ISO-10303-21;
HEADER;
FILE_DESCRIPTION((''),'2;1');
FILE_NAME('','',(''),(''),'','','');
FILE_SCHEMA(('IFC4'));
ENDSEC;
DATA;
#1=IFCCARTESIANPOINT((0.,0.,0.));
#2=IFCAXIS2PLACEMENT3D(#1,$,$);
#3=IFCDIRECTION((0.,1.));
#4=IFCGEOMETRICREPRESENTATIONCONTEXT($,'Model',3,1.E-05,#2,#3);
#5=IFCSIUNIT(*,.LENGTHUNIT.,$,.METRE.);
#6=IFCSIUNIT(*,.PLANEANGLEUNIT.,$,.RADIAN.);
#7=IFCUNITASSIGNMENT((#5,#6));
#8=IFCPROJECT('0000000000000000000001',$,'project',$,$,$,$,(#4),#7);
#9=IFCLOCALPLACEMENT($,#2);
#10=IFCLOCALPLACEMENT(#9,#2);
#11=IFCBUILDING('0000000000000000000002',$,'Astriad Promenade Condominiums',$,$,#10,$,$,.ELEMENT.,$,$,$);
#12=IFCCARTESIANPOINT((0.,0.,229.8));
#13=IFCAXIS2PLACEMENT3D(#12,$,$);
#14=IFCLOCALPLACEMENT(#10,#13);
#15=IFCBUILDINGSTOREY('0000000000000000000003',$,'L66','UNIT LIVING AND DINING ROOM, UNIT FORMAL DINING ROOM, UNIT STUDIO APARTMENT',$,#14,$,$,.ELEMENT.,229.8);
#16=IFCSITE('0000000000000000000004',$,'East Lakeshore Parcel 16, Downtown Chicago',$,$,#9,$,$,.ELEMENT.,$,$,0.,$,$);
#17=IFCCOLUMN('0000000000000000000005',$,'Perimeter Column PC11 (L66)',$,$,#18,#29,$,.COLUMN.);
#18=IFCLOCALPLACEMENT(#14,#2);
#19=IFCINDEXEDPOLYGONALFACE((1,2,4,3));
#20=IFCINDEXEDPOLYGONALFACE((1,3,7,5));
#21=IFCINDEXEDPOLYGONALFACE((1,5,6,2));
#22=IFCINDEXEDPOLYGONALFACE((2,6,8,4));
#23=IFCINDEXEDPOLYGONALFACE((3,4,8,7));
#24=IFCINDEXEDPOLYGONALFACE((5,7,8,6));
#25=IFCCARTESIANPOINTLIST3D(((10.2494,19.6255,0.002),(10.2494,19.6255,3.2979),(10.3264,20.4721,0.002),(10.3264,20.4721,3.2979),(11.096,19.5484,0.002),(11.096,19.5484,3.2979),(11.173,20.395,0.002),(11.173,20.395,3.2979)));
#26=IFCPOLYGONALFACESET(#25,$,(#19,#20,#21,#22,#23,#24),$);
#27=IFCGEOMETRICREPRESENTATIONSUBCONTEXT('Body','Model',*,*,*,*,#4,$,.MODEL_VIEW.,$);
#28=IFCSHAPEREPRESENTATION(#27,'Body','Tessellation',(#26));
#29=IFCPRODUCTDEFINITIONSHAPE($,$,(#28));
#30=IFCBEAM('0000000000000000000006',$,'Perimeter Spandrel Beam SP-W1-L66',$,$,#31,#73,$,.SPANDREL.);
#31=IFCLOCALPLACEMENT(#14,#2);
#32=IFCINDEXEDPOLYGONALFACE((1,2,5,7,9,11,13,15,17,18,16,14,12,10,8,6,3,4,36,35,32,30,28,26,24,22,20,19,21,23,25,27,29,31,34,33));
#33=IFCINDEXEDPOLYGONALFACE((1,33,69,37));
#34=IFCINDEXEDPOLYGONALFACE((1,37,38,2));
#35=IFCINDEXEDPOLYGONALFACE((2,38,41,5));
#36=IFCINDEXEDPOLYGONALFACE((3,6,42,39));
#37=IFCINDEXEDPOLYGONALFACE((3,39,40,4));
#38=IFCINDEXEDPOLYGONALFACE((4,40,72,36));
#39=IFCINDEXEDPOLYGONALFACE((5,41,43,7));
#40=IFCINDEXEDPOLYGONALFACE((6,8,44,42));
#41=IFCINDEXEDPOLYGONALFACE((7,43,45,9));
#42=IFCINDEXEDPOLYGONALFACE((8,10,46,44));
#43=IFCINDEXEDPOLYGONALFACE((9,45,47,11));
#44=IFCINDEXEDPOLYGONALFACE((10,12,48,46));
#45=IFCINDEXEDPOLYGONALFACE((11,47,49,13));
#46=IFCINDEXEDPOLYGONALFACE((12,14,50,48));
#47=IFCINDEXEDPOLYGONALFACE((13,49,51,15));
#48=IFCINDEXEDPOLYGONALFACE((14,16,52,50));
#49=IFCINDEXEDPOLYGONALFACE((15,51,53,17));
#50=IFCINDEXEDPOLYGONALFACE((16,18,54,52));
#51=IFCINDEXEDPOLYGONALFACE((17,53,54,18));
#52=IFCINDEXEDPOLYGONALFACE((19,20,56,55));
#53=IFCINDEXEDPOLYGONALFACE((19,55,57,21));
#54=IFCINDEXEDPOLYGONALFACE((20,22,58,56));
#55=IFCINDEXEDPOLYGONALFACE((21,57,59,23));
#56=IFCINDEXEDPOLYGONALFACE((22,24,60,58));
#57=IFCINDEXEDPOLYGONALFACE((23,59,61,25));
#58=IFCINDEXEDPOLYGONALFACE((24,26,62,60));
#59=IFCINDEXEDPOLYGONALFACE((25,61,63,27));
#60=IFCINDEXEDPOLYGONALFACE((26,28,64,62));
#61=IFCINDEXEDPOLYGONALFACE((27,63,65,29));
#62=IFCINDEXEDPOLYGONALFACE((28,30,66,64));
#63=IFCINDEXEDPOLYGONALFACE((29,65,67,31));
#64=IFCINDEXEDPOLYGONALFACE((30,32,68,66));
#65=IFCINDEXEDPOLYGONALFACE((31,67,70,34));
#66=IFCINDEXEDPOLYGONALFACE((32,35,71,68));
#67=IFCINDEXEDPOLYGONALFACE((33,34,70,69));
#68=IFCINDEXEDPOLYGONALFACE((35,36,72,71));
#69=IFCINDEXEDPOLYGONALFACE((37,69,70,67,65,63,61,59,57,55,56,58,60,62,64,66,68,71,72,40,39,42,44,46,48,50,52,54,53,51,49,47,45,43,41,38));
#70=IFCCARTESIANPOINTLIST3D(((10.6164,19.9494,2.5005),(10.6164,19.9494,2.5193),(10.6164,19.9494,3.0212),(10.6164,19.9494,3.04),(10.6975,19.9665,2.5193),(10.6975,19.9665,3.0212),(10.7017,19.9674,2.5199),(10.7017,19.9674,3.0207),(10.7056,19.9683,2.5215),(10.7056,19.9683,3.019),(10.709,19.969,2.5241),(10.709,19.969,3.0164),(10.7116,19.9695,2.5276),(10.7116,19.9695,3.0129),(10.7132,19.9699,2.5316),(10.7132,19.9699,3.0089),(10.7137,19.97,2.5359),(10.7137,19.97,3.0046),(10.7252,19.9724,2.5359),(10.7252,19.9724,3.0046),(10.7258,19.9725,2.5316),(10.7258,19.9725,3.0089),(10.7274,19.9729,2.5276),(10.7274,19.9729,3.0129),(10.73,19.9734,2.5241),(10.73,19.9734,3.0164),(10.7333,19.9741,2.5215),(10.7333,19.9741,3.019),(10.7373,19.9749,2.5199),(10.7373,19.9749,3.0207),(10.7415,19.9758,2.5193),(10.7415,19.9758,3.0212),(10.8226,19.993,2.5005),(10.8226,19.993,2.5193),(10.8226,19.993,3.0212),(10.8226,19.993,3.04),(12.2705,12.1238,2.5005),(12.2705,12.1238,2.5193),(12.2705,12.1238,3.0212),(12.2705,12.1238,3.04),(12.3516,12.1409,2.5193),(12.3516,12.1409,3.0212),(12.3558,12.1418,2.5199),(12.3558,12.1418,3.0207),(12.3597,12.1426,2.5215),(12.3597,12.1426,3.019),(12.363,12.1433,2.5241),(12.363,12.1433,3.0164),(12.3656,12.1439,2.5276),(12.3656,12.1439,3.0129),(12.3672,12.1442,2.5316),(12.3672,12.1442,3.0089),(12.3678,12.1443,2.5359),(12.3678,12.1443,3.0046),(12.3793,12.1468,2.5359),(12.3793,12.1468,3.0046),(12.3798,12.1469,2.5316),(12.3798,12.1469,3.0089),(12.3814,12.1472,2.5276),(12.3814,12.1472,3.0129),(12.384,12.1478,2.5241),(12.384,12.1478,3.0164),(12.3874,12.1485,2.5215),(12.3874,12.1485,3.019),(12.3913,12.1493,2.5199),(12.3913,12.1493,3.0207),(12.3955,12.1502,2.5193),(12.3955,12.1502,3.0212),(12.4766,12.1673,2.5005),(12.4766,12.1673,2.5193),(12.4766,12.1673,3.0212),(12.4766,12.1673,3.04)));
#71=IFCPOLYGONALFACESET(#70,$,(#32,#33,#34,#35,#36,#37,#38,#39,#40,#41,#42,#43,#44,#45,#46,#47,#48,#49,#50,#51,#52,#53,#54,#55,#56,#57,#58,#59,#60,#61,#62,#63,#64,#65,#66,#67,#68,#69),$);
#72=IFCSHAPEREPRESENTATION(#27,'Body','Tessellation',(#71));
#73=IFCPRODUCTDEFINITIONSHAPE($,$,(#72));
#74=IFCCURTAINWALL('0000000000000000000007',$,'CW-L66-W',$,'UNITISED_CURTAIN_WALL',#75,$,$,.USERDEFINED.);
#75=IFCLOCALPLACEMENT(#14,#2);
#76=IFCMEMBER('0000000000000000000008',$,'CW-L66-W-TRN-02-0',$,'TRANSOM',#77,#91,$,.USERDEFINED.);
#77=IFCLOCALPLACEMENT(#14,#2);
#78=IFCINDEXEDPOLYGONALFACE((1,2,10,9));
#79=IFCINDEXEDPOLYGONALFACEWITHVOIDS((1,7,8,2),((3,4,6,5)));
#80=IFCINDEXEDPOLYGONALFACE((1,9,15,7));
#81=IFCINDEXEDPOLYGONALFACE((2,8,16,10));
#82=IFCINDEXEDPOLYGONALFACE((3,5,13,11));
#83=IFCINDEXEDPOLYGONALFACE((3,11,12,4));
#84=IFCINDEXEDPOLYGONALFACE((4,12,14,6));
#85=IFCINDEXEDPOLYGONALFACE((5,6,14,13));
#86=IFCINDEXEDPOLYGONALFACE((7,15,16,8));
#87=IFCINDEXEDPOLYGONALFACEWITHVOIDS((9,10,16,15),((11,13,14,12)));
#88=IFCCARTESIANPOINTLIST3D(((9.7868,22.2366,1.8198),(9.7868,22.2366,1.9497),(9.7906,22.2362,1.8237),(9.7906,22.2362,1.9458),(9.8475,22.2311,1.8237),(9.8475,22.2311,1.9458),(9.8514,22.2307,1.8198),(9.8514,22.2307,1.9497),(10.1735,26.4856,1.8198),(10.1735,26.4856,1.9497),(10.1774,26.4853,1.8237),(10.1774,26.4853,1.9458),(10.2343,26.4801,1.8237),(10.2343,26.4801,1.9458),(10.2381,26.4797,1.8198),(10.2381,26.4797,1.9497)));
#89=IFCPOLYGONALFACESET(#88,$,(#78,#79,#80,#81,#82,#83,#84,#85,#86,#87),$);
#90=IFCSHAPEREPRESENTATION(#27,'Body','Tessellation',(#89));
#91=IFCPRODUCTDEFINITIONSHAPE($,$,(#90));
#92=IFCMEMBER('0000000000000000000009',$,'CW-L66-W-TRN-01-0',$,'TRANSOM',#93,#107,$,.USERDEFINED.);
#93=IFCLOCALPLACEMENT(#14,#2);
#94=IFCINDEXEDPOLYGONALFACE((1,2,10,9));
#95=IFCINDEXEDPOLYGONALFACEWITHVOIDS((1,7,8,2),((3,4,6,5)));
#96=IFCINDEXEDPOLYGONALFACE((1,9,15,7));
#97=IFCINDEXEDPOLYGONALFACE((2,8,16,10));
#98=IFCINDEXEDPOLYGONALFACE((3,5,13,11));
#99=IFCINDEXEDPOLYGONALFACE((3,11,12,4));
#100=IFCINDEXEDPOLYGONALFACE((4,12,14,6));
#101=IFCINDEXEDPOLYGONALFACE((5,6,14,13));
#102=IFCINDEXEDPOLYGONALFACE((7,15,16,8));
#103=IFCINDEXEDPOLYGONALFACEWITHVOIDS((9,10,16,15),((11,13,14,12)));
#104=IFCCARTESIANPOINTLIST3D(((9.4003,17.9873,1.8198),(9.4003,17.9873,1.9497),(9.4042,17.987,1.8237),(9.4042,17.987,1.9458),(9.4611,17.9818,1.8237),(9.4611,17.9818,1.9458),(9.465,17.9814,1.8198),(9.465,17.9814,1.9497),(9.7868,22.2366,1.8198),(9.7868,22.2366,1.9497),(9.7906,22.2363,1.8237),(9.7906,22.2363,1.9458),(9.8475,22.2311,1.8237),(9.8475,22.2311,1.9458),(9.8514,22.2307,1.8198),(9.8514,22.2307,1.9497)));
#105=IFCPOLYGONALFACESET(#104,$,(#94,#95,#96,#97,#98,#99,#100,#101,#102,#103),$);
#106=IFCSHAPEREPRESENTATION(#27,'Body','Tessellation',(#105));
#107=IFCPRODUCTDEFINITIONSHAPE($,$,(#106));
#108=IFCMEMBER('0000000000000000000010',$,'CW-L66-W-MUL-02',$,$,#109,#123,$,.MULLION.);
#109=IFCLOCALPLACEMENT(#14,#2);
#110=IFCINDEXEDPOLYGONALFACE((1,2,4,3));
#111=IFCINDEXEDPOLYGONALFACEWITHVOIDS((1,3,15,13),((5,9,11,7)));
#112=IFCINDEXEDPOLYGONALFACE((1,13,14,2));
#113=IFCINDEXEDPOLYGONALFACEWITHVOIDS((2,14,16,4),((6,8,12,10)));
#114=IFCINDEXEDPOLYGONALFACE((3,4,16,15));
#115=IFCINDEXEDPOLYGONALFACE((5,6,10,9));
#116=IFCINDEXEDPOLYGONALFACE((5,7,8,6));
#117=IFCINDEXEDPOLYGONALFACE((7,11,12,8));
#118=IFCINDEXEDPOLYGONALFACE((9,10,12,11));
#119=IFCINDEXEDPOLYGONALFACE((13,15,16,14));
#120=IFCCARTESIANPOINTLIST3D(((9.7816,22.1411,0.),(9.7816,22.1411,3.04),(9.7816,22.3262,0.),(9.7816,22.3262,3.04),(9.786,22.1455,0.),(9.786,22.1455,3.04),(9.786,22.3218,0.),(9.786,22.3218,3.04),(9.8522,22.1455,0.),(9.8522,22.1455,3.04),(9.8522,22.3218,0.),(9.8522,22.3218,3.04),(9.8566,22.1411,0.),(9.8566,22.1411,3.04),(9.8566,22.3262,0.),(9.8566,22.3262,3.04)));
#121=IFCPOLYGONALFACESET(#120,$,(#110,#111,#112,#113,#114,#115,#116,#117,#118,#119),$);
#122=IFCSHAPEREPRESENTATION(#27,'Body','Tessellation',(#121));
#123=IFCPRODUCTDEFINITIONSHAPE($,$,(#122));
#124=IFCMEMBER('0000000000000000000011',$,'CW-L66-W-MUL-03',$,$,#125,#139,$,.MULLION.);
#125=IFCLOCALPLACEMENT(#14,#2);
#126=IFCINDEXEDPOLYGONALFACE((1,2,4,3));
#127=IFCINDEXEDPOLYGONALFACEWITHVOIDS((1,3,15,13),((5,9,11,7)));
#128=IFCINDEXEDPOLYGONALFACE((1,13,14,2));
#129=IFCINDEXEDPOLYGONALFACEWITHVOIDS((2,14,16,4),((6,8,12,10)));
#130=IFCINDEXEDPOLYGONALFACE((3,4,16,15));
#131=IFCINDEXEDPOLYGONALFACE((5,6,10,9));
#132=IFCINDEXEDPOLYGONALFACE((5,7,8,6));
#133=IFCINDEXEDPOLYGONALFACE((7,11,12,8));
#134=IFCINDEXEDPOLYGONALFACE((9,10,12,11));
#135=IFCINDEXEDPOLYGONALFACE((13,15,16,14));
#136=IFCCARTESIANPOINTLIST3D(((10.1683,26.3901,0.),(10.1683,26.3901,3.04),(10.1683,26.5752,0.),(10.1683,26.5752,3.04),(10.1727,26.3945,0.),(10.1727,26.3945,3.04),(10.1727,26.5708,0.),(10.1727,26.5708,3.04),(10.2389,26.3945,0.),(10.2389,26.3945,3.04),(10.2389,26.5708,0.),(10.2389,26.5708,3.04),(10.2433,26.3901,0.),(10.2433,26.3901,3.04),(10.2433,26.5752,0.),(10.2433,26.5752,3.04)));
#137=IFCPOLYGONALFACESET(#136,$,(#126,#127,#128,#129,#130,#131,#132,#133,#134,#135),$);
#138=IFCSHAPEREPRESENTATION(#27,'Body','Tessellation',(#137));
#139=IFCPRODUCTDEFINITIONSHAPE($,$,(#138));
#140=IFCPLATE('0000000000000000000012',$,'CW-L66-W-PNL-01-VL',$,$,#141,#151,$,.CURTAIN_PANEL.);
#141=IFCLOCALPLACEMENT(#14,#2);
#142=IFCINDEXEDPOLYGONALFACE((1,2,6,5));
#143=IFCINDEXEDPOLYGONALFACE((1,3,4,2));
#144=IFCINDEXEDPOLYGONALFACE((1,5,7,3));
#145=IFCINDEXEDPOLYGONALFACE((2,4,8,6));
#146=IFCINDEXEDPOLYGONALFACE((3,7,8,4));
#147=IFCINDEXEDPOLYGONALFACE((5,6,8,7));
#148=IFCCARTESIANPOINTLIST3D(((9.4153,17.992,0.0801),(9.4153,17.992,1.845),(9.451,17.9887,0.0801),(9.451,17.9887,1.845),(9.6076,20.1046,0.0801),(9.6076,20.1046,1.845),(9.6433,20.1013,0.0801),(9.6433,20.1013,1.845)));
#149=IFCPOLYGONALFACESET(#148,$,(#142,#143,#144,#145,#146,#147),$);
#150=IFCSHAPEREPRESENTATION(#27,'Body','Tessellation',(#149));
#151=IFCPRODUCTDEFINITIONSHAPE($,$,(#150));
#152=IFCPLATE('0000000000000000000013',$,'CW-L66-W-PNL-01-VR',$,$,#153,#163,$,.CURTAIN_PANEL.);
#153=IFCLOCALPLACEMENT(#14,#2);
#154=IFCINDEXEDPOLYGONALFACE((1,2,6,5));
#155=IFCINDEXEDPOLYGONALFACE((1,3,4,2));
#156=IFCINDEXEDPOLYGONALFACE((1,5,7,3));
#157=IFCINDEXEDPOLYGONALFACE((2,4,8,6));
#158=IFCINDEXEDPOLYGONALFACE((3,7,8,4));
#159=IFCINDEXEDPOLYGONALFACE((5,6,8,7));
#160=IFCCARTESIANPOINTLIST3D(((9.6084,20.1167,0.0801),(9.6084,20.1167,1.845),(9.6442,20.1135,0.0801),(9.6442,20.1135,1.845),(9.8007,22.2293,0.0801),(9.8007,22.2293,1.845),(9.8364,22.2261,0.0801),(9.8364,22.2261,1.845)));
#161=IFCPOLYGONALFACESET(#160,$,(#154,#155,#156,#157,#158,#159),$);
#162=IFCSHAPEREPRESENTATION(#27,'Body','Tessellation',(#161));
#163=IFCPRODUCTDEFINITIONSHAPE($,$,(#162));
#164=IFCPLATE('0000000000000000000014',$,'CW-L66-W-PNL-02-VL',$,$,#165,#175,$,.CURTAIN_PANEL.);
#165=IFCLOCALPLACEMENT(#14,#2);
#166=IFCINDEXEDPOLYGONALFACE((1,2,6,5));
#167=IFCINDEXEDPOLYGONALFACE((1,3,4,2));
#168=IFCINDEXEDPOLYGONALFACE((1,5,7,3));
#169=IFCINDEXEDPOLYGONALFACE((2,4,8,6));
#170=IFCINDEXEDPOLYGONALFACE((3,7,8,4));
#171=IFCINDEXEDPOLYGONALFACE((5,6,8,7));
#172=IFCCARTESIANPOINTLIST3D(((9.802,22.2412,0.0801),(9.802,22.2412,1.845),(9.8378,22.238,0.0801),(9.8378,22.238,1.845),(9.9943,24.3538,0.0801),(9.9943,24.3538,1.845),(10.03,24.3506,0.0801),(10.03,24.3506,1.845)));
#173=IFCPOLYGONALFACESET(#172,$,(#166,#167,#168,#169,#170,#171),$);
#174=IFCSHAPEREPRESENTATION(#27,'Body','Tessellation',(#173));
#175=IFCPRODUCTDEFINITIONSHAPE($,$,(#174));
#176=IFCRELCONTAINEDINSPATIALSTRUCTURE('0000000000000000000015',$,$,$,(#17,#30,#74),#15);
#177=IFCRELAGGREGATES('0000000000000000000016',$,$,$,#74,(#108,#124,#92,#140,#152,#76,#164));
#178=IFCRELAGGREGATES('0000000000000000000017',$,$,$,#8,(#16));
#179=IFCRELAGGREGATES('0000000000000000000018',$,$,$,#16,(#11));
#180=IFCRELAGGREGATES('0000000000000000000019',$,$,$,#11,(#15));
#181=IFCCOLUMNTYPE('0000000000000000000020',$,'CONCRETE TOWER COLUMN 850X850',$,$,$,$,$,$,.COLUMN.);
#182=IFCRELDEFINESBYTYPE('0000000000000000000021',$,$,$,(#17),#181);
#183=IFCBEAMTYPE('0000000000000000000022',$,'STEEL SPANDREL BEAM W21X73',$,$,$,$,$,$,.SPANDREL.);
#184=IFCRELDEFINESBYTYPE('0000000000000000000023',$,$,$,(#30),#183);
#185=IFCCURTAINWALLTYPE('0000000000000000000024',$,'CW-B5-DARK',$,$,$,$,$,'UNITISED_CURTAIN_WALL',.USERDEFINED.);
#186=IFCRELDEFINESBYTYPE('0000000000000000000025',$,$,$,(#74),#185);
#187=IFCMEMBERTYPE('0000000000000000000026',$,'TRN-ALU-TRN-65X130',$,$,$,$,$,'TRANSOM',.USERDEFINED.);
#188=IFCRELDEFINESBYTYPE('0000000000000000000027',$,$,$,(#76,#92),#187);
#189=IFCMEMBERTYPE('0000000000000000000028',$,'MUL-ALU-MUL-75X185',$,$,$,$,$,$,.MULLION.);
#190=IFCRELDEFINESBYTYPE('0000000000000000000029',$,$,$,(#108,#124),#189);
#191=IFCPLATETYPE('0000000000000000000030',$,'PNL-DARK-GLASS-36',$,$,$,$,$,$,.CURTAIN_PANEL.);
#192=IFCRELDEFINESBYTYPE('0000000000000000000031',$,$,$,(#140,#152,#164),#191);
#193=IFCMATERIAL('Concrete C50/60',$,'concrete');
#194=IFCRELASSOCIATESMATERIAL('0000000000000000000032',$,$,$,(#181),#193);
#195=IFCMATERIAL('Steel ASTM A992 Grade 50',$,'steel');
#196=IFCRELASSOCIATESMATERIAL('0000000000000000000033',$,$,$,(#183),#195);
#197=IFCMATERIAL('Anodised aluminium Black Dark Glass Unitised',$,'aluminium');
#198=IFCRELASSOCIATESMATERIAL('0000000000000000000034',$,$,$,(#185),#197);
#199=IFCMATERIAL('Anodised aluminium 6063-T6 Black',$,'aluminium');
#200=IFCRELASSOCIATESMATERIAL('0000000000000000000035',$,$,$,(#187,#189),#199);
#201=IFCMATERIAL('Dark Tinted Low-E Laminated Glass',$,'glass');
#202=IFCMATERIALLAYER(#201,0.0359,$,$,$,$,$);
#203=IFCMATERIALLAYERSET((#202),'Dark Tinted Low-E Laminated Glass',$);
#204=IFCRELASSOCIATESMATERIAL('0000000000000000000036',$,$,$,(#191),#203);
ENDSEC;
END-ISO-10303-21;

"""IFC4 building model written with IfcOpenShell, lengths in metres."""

from ifc_helpers import new_model, si_unit, direction, frame, origin, origin_2d, place, context, subcontext, project, spatial, rectangle, hollow_rectangle, i_section, extrude, source, transform, mapped, material, layer, layer_set, material_profile, profile_set, type_object, type_shapes, element, aggregate, save


model = new_model("IFC4")

# Units and contexts
model_context = context("Model", 3, precision=1e-05, world=origin(), true_north=direction((0.0, 1.0)))
body_context = subcontext(model_context, "Body", "Model", "MODEL_VIEW")
ifc_project = project(units=[si_unit("LENGTHUNIT", "METRE"), si_unit("PLANEANGLEUNIT", "RADIAN")], contexts=[model_context])

# Site, building, storey
site_placement = place(None, origin())
site = spatial("IfcSite", under=ifc_project, at=site_placement, Name="East Lakeshore Parcel 16, Downtown Chicago", CompositionType="ELEMENT", RefElevation=0.0)
building_placement = place(site_placement, origin())
building = spatial("IfcBuilding", under=site, at=building_placement, Name="Astriad Promenade Condominiums", CompositionType="ELEMENT")
storey_placement = place(building_placement, frame((0.0, 0.0, 229.8)))
storey = spatial("IfcBuildingStorey", under=building, at=storey_placement, Name="L66", Description="UNIT LIVING AND DINING ROOM, UNIT FORMAL DINING ROOM, UNIT STUDIO APARTMENT", CompositionType="ELEMENT", Elevation=229.8)

# Column
ifc_material_1 = material(Name="Concrete C50/60", Category="concrete")
ifc_material_profile_1 = material_profile(ifc_material_1, rectangle(XDim=0.8501, YDim=0.8501, at=origin_2d()), Name="RC-COL-850X850")
ifc_profile_set_1 = profile_set([ifc_material_profile_1], Name="Concrete C50/60")
column_type = type_object("IfcColumnType", Name="CONCRETE TOWER COLUMN 850X850", PredefinedType="COLUMN", material=ifc_profile_set_1)
shared_shape_1 = source(origin(), body_context, "Body", "SweptSolid", [
    extrude(rectangle(XDim=0.8501, YDim=0.8501, at=origin_2d()), origin(), (0.0, 0.0, 1.0), 3.2959),
])
type_shapes(column_type, [shared_shape_1])
column_placement = place(storey_placement, frame((10.7112, 20.0103, 0.002), z_axis=(0.0, 0.0, 1.0), x_axis=(0.995884, -0.090633, 0.0)))
element("IfcColumn", 1, at=column_placement, inside=storey, type_object=column_type, Name="Perimeter Column PC11 (L66)", PredefinedType="COLUMN", context=body_context, shape_type="MappedRepresentation", body=[
    mapped(shared_shape_1, transform((0.0, 0.0, 0.0), scale=1.0)),
])

# Beam
ifc_material_2 = material(Name="Steel ASTM A992 Grade 50", Category="steel")
ifc_material_profile_2 = material_profile(ifc_material_2, i_section(OverallWidth=0.2107, OverallDepth=0.5396, WebThickness=0.0117, FlangeThickness=0.0188, FilletRadius=0.0166, at=origin_2d()), Name="W21X73")
ifc_profile_set_2 = profile_set([ifc_material_profile_2], Name="Steel ASTM A992 Grade 50")
beam_type = type_object("IfcBeamType", Name="STEEL SPANDREL BEAM W21X73", PredefinedType="SPANDREL", material=ifc_profile_set_2)
shared_shape_2 = source(origin(), body_context, "Body", "SweptSolid", [
    extrude(i_section(OverallWidth=0.2107, OverallDepth=0.5396, WebThickness=0.0117, FlangeThickness=0.0188, FilletRadius=0.0166, at=origin_2d()), origin(), (0.0, 0.0, 1.0), 7.9985),
])
type_shapes(beam_type, [shared_shape_2])
beam_placement = place(storey_placement, frame((10.7195, 19.9712, 2.7703), z_axis=(0.206793, -0.978385, 0.0), x_axis=(0.978385, 0.206793, 0.0)))
element("IfcBeam", 2, at=beam_placement, inside=storey, type_object=beam_type, Name="Perimeter Spandrel Beam SP-W1-L66", PredefinedType="SPANDREL", context=body_context, shape_type="MappedRepresentation", body=[
    mapped(shared_shape_2, transform((0.0, 0.0, 0.0), scale=1.0)),
])

# Curtain wall, members, plates
ifc_material_3 = material(Name="Anodised aluminium Black Dark Glass Unitised", Category="aluminium")
curtain_wall_type = type_object("IfcCurtainWallType", Name="CW-B5-DARK", ElementType="UNITISED_CURTAIN_WALL", PredefinedType="USERDEFINED", material=ifc_material_3)
curtain_wall_placement = place(storey_placement, origin())
curtain_wall = element("IfcCurtainWall", 3, at=curtain_wall_placement, inside=storey, type_object=curtain_wall_type, Name="CW-L66-W", ObjectType="UNITISED_CURTAIN_WALL", PredefinedType="USERDEFINED")
ifc_material_4 = material(Name="Anodised aluminium 6063-T6 Black", Category="aluminium")
ifc_material_profile_3 = material_profile(ifc_material_4, hollow_rectangle(XDim=0.0649, YDim=0.1299, WallThickness=0.0039, at=origin_2d()), Name="ALU-TRN-65X130")
ifc_profile_set_3 = profile_set([ifc_material_profile_3], Name="Anodised aluminium 6063-T6 Black")
member_type_1 = type_object("IfcMemberType", Name="TRN-ALU-TRN-65X130", ElementType="TRANSOM", PredefinedType="USERDEFINED", material=ifc_profile_set_3)
shared_shape_3 = source(origin(), body_context, "Body", "SweptSolid", [
    extrude(hollow_rectangle(XDim=0.0649, YDim=0.1299, WallThickness=0.0039, at=origin_2d()), origin(), (0.0, 0.0, 1.0), 4.2666),
])
member_1_placement = place(storey_placement, frame((9.8191, 22.2336, 1.8848), z_axis=(0.090639, 0.995884, 0.0), x_axis=(-0.995884, 0.090639, 0.0)))
member_1 = element("IfcMember", 4, at=member_1_placement, type_object=member_type_1, Name="CW-L66-W-TRN-02-0", ObjectType="TRANSOM", PredefinedType="USERDEFINED", context=body_context, shape_type="MappedRepresentation", body=[
    mapped(shared_shape_3, transform((0.0, 0.0, 0.0), scale=1.0)),
])
shared_shape_4 = source(origin(), body_context, "Body", "SweptSolid", [
    extrude(hollow_rectangle(XDim=0.0649, YDim=0.1299, WallThickness=0.0039, at=origin_2d()), origin(), (0.0, 0.0, 1.0), 4.2668),
])
type_shapes(member_type_1, [shared_shape_3, shared_shape_4])
member_2_placement = place(storey_placement, frame((9.4326, 17.9844, 1.8848), z_axis=(0.090577, 0.995889, 0.0), x_axis=(-0.995889, 0.090577, 0.0)))
member_2 = element("IfcMember", 5, at=member_2_placement, type_object=member_type_1, Name="CW-L66-W-TRN-01-0", ObjectType="TRANSOM", PredefinedType="USERDEFINED", context=body_context, shape_type="MappedRepresentation", body=[
    mapped(shared_shape_4, transform((0.0, 0.0, 0.0), scale=1.0)),
])
ifc_material_profile_4 = material_profile(ifc_material_4, hollow_rectangle(XDim=0.075, YDim=0.1851, WallThickness=0.0044, at=origin_2d()), Name="ALU-MUL-75X185")
ifc_profile_set_4 = profile_set([ifc_material_profile_4], Name="Anodised aluminium 6063-T6 Black")
member_type_2 = type_object("IfcMemberType", Name="MUL-ALU-MUL-75X185", PredefinedType="MULLION", material=ifc_profile_set_4)
shared_shape_5 = source(origin(), body_context, "Body", "SweptSolid", [
    extrude(hollow_rectangle(XDim=0.075, YDim=0.1851, WallThickness=0.0044, at=origin_2d()), origin(), (0.0, 0.0, 1.0), 3.04),
])
type_shapes(member_type_2, [shared_shape_5])
member_3_placement = place(storey_placement, frame((9.8191, 22.2336, 0.0), z_axis=(0.0, 0.0, 1.0), x_axis=(1.0, 0.0, 0.0)))
member_3 = element("IfcMember", 6, at=member_3_placement, type_object=member_type_2, Name="CW-L66-W-MUL-02", PredefinedType="MULLION", context=body_context, shape_type="MappedRepresentation", body=[
    mapped(shared_shape_5, transform((0.0, 0.0, 0.0), scale=1.0)),
])
member_4_placement = place(storey_placement, frame((10.2058, 26.4827, 0.0), z_axis=(0.0, 0.0, 1.0), x_axis=(1.0, 0.0, 0.0)))
member_4 = element("IfcMember", 7, at=member_4_placement, type_object=member_type_2, Name="CW-L66-W-MUL-03", PredefinedType="MULLION", context=body_context, shape_type="MappedRepresentation", body=[
    mapped(shared_shape_5, transform((0.0, 0.0, 0.0), scale=1.0)),
])
ifc_material_5 = material(Name="Dark Tinted Low-E Laminated Glass", Category="glass")
ifc_layer_1 = layer(ifc_material_5, 0.0359)
ifc_layer_set_1 = layer_set([ifc_layer_1], Name="Dark Tinted Low-E Laminated Glass")
plate_type = type_object("IfcPlateType", Name="PNL-DARK-GLASS-36", PredefinedType="CURTAIN_PANEL", material=ifc_layer_set_1)
shared_shape_6 = source(origin(), body_context, "Body", "SweptSolid", [
    extrude(rectangle(XDim=2.1213, YDim=0.0359, at=origin_2d()), origin(), (0.0, 0.0, 1.0), 1.7649),
])
plate_1_placement = place(storey_placement, frame((9.5293, 19.0466, 0.0801), z_axis=(0.0, 0.0, 1.0), x_axis=(0.090633, 0.995884, 0.0)))
plate_1 = element("IfcPlate", 8, at=plate_1_placement, type_object=plate_type, Name="CW-L66-W-PNL-01-VL", PredefinedType="CURTAIN_PANEL", context=body_context, shape_type="MappedRepresentation", body=[
    mapped(shared_shape_6, transform((0.0, 0.0, 0.0), scale=1.0)),
])
plate_2_placement = place(storey_placement, frame((9.7224, 21.1714, 0.0801), z_axis=(0.0, 0.0, 1.0), x_axis=(0.090633, 0.995884, 0.0)))
plate_2 = element("IfcPlate", 9, at=plate_2_placement, type_object=plate_type, Name="CW-L66-W-PNL-01-VR", PredefinedType="CURTAIN_PANEL", context=body_context, shape_type="MappedRepresentation", body=[
    mapped(shared_shape_6, transform((0.0, 0.0, 0.0), scale=1.0)),
])
plate_3_placement = place(storey_placement, frame((9.916, 23.2959, 0.0801), z_axis=(0.0, 0.0, 1.0), x_axis=(0.090633, 0.995884, 0.0)))
plate_3 = element("IfcPlate", 10, at=plate_3_placement, type_object=plate_type, Name="CW-L66-W-PNL-02-VL", PredefinedType="CURTAIN_PANEL", context=body_context, shape_type="MappedRepresentation", body=[
    mapped(shared_shape_6, transform((0.0, 0.0, 0.0), scale=1.0)),
])
aggregate(curtain_wall, [member_3, member_4, member_2, plate_1, plate_2, member_1, plate_3])

save(model, "model.ifc")
